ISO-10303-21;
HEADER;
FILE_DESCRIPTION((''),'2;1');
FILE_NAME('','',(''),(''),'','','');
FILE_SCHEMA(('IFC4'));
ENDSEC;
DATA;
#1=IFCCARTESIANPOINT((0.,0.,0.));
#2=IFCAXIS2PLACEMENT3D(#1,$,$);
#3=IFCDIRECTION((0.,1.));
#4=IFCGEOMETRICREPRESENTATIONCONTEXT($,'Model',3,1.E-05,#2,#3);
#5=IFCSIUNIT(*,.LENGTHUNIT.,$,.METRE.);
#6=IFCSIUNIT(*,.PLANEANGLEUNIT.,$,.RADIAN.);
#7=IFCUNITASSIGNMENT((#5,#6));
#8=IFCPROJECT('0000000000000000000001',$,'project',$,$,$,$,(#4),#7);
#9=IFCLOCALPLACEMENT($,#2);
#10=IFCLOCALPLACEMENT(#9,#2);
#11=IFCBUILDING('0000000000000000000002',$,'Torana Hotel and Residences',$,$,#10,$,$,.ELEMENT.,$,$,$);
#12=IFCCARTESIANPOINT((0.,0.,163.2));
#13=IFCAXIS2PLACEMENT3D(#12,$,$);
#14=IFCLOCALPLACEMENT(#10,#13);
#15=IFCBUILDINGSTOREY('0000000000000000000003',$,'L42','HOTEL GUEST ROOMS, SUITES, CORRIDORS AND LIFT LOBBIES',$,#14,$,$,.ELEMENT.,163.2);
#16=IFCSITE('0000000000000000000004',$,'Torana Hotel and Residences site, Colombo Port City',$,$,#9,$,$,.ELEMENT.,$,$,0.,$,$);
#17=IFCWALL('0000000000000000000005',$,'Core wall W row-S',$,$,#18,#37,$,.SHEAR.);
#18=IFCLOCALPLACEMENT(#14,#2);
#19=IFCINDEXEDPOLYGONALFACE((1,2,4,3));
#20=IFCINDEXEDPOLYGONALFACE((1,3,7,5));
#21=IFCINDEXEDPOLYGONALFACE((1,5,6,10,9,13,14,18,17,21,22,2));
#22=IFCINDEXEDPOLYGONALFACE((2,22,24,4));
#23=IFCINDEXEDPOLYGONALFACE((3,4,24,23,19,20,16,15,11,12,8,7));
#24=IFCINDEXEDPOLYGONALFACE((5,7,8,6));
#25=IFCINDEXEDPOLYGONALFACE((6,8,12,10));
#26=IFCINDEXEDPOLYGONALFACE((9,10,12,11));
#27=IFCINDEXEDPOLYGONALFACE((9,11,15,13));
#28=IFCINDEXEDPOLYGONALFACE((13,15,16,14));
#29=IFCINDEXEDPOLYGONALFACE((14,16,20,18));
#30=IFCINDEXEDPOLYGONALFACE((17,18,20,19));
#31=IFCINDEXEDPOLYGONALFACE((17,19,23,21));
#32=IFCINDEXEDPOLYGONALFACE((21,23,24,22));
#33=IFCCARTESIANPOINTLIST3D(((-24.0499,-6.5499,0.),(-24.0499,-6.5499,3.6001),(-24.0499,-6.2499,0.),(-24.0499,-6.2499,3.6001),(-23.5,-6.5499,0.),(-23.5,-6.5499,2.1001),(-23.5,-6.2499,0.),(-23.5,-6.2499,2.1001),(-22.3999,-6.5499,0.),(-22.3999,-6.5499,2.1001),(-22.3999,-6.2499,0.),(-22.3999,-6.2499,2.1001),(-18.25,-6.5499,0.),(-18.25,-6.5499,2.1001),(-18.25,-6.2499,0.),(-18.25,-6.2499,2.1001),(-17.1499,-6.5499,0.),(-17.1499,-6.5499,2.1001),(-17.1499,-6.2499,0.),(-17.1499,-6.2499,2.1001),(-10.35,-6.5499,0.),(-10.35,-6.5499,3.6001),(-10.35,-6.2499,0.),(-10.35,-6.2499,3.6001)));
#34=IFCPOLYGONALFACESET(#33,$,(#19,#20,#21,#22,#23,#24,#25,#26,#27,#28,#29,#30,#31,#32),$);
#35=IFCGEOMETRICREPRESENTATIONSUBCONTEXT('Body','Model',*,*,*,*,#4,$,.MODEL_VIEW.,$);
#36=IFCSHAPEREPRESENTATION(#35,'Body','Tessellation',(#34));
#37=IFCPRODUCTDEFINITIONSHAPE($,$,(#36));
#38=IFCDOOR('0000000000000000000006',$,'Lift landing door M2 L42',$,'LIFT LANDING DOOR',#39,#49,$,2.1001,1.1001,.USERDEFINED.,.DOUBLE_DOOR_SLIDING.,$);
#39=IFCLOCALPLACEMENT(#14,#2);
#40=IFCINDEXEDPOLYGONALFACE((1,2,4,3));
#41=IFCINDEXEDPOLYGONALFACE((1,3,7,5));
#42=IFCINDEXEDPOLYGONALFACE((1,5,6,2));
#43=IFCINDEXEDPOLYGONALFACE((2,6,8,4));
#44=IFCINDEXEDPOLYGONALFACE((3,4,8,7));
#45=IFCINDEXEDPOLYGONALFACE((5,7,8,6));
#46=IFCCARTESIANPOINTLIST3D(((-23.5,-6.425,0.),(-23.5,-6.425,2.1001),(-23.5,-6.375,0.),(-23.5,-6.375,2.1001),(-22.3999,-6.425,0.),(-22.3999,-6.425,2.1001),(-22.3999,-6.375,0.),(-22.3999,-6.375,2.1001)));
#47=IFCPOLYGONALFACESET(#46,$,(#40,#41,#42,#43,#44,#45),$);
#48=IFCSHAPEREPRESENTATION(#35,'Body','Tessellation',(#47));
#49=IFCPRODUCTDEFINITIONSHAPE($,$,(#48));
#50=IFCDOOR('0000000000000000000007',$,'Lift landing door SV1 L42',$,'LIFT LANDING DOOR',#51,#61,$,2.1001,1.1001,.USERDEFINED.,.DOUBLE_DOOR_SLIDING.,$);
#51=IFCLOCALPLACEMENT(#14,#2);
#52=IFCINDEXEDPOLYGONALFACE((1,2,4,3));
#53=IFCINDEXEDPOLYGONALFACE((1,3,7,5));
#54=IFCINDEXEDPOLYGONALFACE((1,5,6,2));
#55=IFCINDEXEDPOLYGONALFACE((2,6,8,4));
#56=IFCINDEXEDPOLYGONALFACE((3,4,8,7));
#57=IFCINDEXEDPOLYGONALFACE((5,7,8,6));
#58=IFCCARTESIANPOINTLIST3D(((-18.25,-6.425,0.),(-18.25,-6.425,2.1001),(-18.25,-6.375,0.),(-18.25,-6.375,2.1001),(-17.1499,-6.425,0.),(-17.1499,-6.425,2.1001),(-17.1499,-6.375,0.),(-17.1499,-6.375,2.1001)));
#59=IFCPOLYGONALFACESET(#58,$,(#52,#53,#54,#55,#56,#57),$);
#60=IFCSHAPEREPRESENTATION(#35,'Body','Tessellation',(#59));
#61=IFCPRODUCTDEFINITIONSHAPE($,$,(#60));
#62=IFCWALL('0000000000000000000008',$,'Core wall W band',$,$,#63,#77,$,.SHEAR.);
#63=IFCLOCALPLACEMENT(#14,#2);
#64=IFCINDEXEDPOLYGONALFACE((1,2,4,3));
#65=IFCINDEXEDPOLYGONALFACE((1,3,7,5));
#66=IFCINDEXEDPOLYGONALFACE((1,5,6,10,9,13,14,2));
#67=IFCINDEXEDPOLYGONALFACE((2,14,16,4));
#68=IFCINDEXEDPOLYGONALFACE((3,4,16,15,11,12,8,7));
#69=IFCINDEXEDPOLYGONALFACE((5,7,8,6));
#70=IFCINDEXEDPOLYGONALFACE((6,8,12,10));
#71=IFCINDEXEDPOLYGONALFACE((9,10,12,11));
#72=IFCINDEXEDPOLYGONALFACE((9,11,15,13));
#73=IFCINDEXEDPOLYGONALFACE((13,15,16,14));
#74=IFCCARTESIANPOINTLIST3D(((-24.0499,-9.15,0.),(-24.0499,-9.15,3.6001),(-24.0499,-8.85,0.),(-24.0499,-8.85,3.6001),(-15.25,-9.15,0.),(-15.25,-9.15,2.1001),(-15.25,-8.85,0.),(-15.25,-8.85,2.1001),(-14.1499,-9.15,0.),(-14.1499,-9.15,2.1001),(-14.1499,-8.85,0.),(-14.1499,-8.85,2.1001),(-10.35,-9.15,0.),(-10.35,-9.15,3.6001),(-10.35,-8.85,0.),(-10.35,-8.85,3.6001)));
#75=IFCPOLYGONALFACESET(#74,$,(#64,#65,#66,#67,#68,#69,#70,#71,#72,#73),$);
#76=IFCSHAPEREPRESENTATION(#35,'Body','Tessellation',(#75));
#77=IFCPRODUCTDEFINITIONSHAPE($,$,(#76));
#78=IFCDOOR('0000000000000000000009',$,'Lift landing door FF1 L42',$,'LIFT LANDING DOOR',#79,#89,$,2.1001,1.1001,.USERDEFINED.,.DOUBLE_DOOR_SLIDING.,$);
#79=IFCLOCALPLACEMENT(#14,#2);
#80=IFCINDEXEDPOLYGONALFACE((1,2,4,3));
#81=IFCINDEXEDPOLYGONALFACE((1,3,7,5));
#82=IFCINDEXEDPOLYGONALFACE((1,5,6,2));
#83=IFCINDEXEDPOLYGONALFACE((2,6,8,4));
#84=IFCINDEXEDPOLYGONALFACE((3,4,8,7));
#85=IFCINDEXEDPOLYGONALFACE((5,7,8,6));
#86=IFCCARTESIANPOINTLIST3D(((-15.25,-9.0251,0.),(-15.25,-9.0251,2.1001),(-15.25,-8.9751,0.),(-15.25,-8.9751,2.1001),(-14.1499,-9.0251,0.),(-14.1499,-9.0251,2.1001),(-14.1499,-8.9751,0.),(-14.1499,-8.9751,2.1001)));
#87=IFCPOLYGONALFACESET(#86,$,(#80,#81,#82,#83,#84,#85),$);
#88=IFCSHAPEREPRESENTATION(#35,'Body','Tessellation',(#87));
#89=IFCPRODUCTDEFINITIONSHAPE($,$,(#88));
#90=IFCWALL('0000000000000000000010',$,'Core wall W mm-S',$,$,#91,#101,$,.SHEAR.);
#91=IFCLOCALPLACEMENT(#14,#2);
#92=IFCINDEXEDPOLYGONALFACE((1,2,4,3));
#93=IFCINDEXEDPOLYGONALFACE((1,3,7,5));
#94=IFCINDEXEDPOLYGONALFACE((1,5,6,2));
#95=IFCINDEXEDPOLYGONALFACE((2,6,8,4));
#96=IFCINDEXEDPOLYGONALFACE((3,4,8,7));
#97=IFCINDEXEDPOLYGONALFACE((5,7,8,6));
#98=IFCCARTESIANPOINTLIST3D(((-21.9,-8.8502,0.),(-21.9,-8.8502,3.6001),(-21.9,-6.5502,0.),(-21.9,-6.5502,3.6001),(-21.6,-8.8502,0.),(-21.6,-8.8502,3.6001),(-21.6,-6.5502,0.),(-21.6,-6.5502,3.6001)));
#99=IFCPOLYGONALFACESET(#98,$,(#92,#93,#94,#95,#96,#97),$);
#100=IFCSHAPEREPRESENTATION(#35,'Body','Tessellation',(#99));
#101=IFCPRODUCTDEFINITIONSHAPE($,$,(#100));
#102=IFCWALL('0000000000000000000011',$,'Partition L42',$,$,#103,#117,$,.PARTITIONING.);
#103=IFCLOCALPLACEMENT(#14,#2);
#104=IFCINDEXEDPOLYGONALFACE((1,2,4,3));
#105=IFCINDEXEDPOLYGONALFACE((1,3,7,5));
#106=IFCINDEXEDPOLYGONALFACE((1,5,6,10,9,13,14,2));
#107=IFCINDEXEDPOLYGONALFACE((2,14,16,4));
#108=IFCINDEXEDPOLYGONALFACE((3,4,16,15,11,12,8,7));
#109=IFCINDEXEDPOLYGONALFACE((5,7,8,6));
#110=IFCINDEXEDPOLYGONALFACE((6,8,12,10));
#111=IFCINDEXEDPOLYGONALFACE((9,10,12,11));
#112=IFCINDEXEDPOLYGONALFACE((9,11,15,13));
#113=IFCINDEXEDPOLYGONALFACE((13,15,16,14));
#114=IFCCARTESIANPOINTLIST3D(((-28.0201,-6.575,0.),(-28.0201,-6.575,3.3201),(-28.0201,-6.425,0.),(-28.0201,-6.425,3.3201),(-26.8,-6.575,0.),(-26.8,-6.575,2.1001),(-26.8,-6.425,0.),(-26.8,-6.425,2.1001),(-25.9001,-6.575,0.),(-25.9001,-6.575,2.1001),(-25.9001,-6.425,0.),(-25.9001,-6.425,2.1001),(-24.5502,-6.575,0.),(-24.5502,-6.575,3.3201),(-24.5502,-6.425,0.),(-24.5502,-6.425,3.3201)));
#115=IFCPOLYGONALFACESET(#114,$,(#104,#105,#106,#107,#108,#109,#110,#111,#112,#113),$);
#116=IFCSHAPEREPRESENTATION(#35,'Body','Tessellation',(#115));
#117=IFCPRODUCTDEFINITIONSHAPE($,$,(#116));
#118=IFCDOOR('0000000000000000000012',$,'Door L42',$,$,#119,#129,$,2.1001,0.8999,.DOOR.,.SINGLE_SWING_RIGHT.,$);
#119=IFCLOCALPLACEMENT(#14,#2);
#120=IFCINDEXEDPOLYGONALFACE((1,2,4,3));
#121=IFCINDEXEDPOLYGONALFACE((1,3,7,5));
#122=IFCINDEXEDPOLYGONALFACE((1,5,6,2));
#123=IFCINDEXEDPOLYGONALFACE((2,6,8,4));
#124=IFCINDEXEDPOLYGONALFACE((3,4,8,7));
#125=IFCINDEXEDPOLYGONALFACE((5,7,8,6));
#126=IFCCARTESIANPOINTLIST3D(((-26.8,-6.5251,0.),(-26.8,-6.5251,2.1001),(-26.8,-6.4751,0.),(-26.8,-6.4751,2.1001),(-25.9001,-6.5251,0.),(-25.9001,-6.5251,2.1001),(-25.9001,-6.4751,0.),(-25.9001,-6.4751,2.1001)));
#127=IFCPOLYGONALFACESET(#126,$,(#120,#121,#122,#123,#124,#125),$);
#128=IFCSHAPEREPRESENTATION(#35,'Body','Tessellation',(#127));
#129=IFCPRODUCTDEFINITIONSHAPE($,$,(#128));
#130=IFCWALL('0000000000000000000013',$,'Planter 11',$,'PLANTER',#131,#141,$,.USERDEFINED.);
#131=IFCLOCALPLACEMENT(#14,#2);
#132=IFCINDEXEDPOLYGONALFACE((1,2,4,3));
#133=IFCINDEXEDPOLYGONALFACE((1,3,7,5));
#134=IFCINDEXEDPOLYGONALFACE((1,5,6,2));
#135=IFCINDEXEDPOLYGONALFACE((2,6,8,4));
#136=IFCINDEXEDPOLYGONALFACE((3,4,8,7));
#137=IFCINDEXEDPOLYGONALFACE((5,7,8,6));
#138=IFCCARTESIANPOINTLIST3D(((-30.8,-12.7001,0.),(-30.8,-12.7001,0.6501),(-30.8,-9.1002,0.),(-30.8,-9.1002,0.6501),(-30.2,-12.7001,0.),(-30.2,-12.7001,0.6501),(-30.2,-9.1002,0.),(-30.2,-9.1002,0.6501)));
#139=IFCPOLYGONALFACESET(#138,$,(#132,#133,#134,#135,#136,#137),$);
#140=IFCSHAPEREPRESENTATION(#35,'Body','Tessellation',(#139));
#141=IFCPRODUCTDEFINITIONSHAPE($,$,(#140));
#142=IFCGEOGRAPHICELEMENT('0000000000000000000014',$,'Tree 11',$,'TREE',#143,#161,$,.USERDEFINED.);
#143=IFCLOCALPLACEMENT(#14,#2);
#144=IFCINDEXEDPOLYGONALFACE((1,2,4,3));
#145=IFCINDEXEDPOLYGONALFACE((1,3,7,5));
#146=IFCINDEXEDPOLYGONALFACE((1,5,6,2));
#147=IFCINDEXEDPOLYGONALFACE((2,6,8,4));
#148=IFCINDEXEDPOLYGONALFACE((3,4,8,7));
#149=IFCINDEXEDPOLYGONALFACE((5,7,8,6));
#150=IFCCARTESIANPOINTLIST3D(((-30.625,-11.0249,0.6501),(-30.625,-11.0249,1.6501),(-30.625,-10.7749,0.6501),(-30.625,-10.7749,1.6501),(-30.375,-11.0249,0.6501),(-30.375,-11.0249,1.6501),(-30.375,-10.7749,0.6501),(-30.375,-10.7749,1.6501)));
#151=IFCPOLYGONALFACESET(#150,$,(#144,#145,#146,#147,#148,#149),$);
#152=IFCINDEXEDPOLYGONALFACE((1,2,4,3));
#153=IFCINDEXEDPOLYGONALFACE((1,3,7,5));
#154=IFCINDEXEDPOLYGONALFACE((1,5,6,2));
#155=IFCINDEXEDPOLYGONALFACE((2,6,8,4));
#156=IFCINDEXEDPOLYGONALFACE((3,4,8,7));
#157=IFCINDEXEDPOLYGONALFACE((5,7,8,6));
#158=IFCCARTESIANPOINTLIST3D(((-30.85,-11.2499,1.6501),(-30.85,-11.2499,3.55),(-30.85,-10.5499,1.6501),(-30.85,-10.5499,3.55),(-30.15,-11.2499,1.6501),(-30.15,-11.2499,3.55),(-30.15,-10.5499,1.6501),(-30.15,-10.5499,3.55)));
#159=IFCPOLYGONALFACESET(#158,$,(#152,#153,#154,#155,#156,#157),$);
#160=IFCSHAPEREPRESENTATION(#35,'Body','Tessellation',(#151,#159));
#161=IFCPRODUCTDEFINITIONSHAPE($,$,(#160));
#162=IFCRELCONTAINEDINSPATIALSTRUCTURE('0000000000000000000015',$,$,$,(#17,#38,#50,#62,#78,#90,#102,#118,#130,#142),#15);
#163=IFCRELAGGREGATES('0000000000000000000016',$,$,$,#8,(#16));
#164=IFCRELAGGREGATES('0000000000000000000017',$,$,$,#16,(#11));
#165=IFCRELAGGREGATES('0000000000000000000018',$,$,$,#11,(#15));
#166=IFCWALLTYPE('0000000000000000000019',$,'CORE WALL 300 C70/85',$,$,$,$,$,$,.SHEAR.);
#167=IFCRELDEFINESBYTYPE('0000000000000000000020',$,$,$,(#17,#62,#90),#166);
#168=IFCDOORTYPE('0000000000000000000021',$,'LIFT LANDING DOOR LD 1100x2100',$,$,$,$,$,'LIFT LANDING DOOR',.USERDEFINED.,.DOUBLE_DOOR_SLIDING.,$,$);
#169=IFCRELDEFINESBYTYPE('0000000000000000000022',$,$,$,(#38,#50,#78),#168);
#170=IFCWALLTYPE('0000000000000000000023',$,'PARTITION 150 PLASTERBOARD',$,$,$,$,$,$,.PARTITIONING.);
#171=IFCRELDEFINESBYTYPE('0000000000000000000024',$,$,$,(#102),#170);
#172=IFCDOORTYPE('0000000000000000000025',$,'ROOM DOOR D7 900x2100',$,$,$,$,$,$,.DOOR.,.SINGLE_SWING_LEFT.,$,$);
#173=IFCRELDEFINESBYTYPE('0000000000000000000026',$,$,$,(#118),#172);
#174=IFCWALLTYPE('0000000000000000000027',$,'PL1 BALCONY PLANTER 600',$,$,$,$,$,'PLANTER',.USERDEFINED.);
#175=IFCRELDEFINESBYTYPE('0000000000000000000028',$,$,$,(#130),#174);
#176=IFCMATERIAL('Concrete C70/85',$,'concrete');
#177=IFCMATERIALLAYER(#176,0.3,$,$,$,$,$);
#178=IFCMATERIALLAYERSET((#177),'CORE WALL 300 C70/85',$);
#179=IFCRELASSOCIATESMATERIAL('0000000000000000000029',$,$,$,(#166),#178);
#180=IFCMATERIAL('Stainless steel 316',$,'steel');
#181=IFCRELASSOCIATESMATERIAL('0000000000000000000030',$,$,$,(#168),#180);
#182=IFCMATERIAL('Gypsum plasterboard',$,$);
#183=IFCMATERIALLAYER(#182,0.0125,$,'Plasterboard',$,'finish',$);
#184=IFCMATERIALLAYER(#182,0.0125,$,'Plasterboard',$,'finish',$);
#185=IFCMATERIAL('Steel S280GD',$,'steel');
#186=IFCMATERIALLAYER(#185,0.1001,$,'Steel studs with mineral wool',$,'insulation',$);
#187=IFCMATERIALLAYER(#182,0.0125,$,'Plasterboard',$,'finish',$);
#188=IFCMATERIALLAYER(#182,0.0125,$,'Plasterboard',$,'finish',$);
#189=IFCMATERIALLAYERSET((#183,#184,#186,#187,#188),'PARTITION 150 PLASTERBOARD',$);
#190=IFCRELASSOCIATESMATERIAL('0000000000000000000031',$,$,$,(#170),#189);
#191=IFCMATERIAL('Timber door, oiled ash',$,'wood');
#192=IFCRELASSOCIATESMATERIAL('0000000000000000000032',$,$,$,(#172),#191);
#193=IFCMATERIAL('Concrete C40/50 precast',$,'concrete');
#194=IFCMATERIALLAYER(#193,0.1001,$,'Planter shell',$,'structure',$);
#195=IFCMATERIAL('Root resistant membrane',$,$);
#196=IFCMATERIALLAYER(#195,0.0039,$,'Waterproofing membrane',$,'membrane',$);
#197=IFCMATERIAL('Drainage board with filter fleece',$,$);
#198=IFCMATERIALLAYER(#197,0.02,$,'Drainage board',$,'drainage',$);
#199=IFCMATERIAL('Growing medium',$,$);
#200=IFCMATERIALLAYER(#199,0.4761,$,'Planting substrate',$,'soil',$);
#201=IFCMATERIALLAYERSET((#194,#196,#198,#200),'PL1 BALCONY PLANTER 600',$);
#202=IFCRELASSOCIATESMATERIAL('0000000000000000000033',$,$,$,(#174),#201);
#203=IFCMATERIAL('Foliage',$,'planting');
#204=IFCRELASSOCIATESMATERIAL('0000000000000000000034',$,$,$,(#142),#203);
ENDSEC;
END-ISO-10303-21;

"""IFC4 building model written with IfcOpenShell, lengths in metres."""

from ifc_helpers import new_model, si_unit, direction, frame, frame_2d, origin, origin_2d, place, context, subcontext, project, spatial, rectangle, extrude, material, layer, layer_set, type_object, element, fill, save


model = new_model("IFC4")

# Units and contexts
model_context = context("Model", 3, precision=1e-05, world=origin(), true_north=direction((0.0, 1.0)))
body_context = subcontext(model_context, "Body", "Model", "MODEL_VIEW")
ifc_project = project(units=[si_unit("LENGTHUNIT", "METRE"), si_unit("PLANEANGLEUNIT", "RADIAN")], contexts=[model_context])

# Site, building, storey
site_placement = place(None, origin())
site = spatial("IfcSite", under=ifc_project, at=site_placement, Name="Torana Hotel and Residences site, Colombo Port City", CompositionType="ELEMENT", RefElevation=0.0)
building_placement = place(site_placement, origin())
building = spatial("IfcBuilding", under=site, at=building_placement, Name="Torana Hotel and Residences", CompositionType="ELEMENT")
storey_placement = place(building_placement, frame((0.0, 0.0, 163.2)))
storey = spatial("IfcBuildingStorey", under=building, at=storey_placement, Name="L42", Description="HOTEL GUEST ROOMS, SUITES, CORRIDORS AND LIFT LOBBIES", CompositionType="ELEMENT", Elevation=163.2)

# Wall, openings, doors
ifc_material_1 = material(Name="Concrete C70/85", Category="concrete")
ifc_layer_1 = layer(ifc_material_1, 0.3)
ifc_layer_set_1 = layer_set([ifc_layer_1], Name="CORE WALL 300 C70/85")
wall_type_1 = type_object("IfcWallType", Name="CORE WALL 300 C70/85", PredefinedType="SHEAR", material=ifc_layer_set_1)
wall_1_placement = place(storey_placement, frame((-24.05, -6.3999, 0.0), z_axis=(0.0, 0.0, 1.0), x_axis=(1.0, 0.0, 0.0)))
wall_1 = element("IfcWall", 1, at=wall_1_placement, inside=storey, type_object=wall_type_1, Name="Core wall W row-S", PredefinedType="SHEAR", context=body_context, shape_type="SweptSolid", body=[
    extrude(rectangle(XDim=13.7, YDim=0.3, at=frame_2d((6.8501, 0.0))), origin(), (0.0, 0.0, 1.0), 3.6001),
])
opening_1_placement = place(wall_1_placement, frame((0.55, 0.0, 0.0)))
opening_1 = element("IfcOpeningElement", 2, at=opening_1_placement, cuts=wall_1, PredefinedType="OPENING", context=body_context, shape_type="SweptSolid", body=[
    extrude(rectangle(XDim=1.1001, YDim=2.1001, at=frame_2d((0.55, 1.05))), frame((0.0, 0.1599, 0.0), z_axis=(0.0, -1.0, 0.0), x_axis=(1.0, 0.0, 0.0)), (0.0, 0.0, 1.0), 0.3201),
])
opening_2_placement = place(wall_1_placement, frame((5.8, 0.0, 0.0)))
opening_2 = element("IfcOpeningElement", 3, at=opening_2_placement, cuts=wall_1, PredefinedType="OPENING", context=body_context, shape_type="SweptSolid", body=[
    extrude(rectangle(XDim=1.1001, YDim=2.1001, at=frame_2d((0.55, 1.05))), frame((0.0, 0.1599, 0.0), z_axis=(0.0, -1.0, 0.0), x_axis=(1.0, 0.0, 0.0)), (0.0, 0.0, 1.0), 0.3201),
])
ifc_material_2 = material(Name="Stainless steel 316", Category="steel")
door_type_1 = type_object("IfcDoorType", Name="LIFT LANDING DOOR LD 1100x2100", ElementType="LIFT LANDING DOOR", OperationType="DOUBLE_DOOR_SLIDING", PredefinedType="USERDEFINED", material=ifc_material_2)
door_1_placement = place(opening_1_placement, origin())
door_1 = element("IfcDoor", 4, at=door_1_placement, inside=storey, type_object=door_type_1, Name="Lift landing door M2 L42", ObjectType="LIFT LANDING DOOR", OperationType="DOUBLE_DOOR_SLIDING", OverallHeight=2.1001, OverallWidth=1.1001, PredefinedType="USERDEFINED", context=body_context, shape_type="SweptSolid", body=[
    extrude(rectangle(XDim=1.1001, YDim=2.1001, at=frame_2d((0.55, 1.05))), frame((0.0, 0.0249, 0.0), z_axis=(0.0, -1.0, 0.0), x_axis=(1.0, 0.0, 0.0)), (0.0, 0.0, 1.0), 0.05),
])
fill(opening_1, door_1)
door_2_placement = place(opening_2_placement, origin())
door_2 = element("IfcDoor", 5, at=door_2_placement, inside=storey, type_object=door_type_1, Name="Lift landing door SV1 L42", ObjectType="LIFT LANDING DOOR", OperationType="DOUBLE_DOOR_SLIDING", OverallHeight=2.1001, OverallWidth=1.1001, PredefinedType="USERDEFINED", context=body_context, shape_type="SweptSolid", body=[
    extrude(rectangle(XDim=1.1001, YDim=2.1001, at=frame_2d((0.55, 1.05))), frame((0.0, 0.0249, 0.0), z_axis=(0.0, -1.0, 0.0), x_axis=(1.0, 0.0, 0.0)), (0.0, 0.0, 1.0), 0.05),
])
fill(opening_2, door_2)

# Wall, opening, door
wall_2_placement = place(storey_placement, frame((-24.05, -9.0, 0.0), z_axis=(0.0, 0.0, 1.0), x_axis=(1.0, 0.0, 0.0)))
wall_2 = element("IfcWall", 6, at=wall_2_placement, inside=storey, type_object=wall_type_1, Name="Core wall W band", PredefinedType="SHEAR", context=body_context, shape_type="SweptSolid", body=[
    extrude(rectangle(XDim=13.7, YDim=0.3, at=frame_2d((6.8501, 0.0))), origin(), (0.0, 0.0, 1.0), 3.6001),
])
opening_3_placement = place(wall_2_placement, frame((8.8, 0.0, 0.0)))
opening_3 = element("IfcOpeningElement", 7, at=opening_3_placement, cuts=wall_2, PredefinedType="OPENING", context=body_context, shape_type="SweptSolid", body=[
    extrude(rectangle(XDim=1.1001, YDim=2.1001, at=frame_2d((0.55, 1.05))), frame((0.0, 0.1599, 0.0), z_axis=(0.0, -1.0, 0.0), x_axis=(1.0, 0.0, 0.0)), (0.0, 0.0, 1.0), 0.3201),
])
door_3_placement = place(opening_3_placement, origin())
door_3 = element("IfcDoor", 8, at=door_3_placement, inside=storey, type_object=door_type_1, Name="Lift landing door FF1 L42", ObjectType="LIFT LANDING DOOR", OperationType="DOUBLE_DOOR_SLIDING", OverallHeight=2.1001, OverallWidth=1.1001, PredefinedType="USERDEFINED", context=body_context, shape_type="SweptSolid", body=[
    extrude(rectangle(XDim=1.1001, YDim=2.1001, at=frame_2d((0.55, 1.05))), frame((0.0, 0.0249, 0.0), z_axis=(0.0, -1.0, 0.0), x_axis=(1.0, 0.0, 0.0)), (0.0, 0.0, 1.0), 0.05),
])
fill(opening_3, door_3)

# Wall
wall_3_placement = place(storey_placement, frame((-21.75, -8.8501, 0.0), z_axis=(0.0, 0.0, 1.0), x_axis=(0.0, 1.0, 0.0)))
element("IfcWall", 9, at=wall_3_placement, inside=storey, type_object=wall_type_1, Name="Core wall W mm-S", PredefinedType="SHEAR", context=body_context, shape_type="SweptSolid", body=[
    extrude(rectangle(XDim=2.3, YDim=0.3, at=frame_2d((1.1499, 0.0))), origin(), (0.0, 0.0, 1.0), 3.6001),
])

# Shared definitions
ifc_material_3 = material(Name="Steel S280GD", Category="steel")

# Wall, opening, door
ifc_material_4 = material(Name="Gypsum plasterboard")
ifc_layer_2 = layer(ifc_material_4, 0.0125, Name="Plasterboard", Category="finish")
ifc_layer_3 = layer(ifc_material_4, 0.0125, Name="Plasterboard", Category="finish")
ifc_layer_4 = layer(ifc_material_3, 0.1001, Name="Steel studs with mineral wool", Category="insulation")
ifc_layer_5 = layer(ifc_material_4, 0.0125, Name="Plasterboard", Category="finish")
ifc_layer_6 = layer(ifc_material_4, 0.0125, Name="Plasterboard", Category="finish")
ifc_layer_set_2 = layer_set([ifc_layer_2, ifc_layer_3, ifc_layer_4, ifc_layer_5, ifc_layer_6], Name="PARTITION 150 PLASTERBOARD")
wall_type_2 = type_object("IfcWallType", Name="PARTITION 150 PLASTERBOARD", PredefinedType="PARTITIONING", material=ifc_layer_set_2)
wall_4_placement = place(storey_placement, frame((-28.02, -6.5, 0.0), z_axis=(0.0, 0.0, 1.0), x_axis=(1.0, 0.0, 0.0)))
wall_4 = element("IfcWall", 10, at=wall_4_placement, inside=storey, type_object=wall_type_2, Name="Partition L42", PredefinedType="PARTITIONING", context=body_context, shape_type="SweptSolid", body=[
    extrude(rectangle(XDim=3.47, YDim=0.1499, at=frame_2d((1.7349, 0.0))), origin(), (0.0, 0.0, 1.0), 3.3201),
])
opening_4_placement = place(wall_4_placement, frame((1.22, 0.0, 0.0)))
opening_4 = element("IfcOpeningElement", 11, at=opening_4_placement, cuts=wall_4, PredefinedType="OPENING", context=body_context, shape_type="SweptSolid", body=[
    extrude(rectangle(XDim=0.8999, YDim=2.1001, at=frame_2d((0.45, 1.05))), frame((0.0, 0.085, 0.0), z_axis=(0.0, -1.0, 0.0), x_axis=(1.0, 0.0, 0.0)), (0.0, 0.0, 1.0), 0.1699),
])
ifc_material_5 = material(Name="Timber door, oiled ash", Category="wood")
door_type_2 = type_object("IfcDoorType", Name="ROOM DOOR D7 900x2100", OperationType="SINGLE_SWING_LEFT", PredefinedType="DOOR", material=ifc_material_5)
door_4_placement = place(opening_4_placement, origin())
door_4 = element("IfcDoor", 12, at=door_4_placement, inside=storey, type_object=door_type_2, Name="Door L42", OperationType="SINGLE_SWING_RIGHT", OverallHeight=2.1001, OverallWidth=0.8999, PredefinedType="DOOR", context=body_context, shape_type="SweptSolid", body=[
    extrude(rectangle(XDim=0.8999, YDim=2.1001, at=frame_2d((0.45, 1.05))), frame((0.0, 0.0249, 0.0), z_axis=(0.0, -1.0, 0.0), x_axis=(1.0, 0.0, 0.0)), (0.0, 0.0, 1.0), 0.05),
])
fill(opening_4, door_4)

# Wall
ifc_material_6 = material(Name="Concrete C40/50 precast", Category="concrete")
ifc_layer_7 = layer(ifc_material_6, 0.1001, Name="Planter shell", Category="structure")
ifc_material_7 = material(Name="Root resistant membrane")
ifc_layer_8 = layer(ifc_material_7, 0.0039, Name="Waterproofing membrane", Category="membrane")
ifc_material_8 = material(Name="Drainage board with filter fleece")
ifc_layer_9 = layer(ifc_material_8, 0.02, Name="Drainage board", Category="drainage")
ifc_material_9 = material(Name="Growing medium")
ifc_layer_10 = layer(ifc_material_9, 0.4761, Name="Planting substrate", Category="soil")
ifc_layer_set_3 = layer_set([ifc_layer_7, ifc_layer_8, ifc_layer_9, ifc_layer_10], Name="PL1 BALCONY PLANTER 600")
wall_type_3 = type_object("IfcWallType", Name="PL1 BALCONY PLANTER 600", ElementType="PLANTER", PredefinedType="USERDEFINED", material=ifc_layer_set_3)
wall_5_placement = place(storey_placement, frame((-30.5, -12.7, 0.0), z_axis=(0.0, 0.0, 1.0), x_axis=(0.0, 1.0, 0.0)))
element("IfcWall", 13, at=wall_5_placement, inside=storey, type_object=wall_type_3, Name="Planter 11", ObjectType="PLANTER", PredefinedType="USERDEFINED", context=body_context, shape_type="SweptSolid", body=[
    extrude(rectangle(XDim=3.5999, YDim=0.6001, at=frame_2d((1.7998, 0.0))), origin(), (0.0, 0.0, 1.0), 0.6501),
])

# Geographic element
ifc_material_10 = material(Name="Foliage", Category="planting")
geographic_element_placement = place(storey_placement, frame((-30.5, -10.8999, 0.6501), z_axis=(0.0, 0.0, 1.0), x_axis=(1.0, 0.0, 0.0)))
element("IfcGeographicElement", 14, at=geographic_element_placement, inside=storey, material=ifc_material_10, Name="Tree 11", ObjectType="TREE", PredefinedType="USERDEFINED", context=body_context, shape_type="SweptSolid", body=[
    extrude(rectangle(XDim=0.25, YDim=0.25, at=origin_2d()), origin(), (0.0, 0.0, 1.0), 1.0),
    extrude(rectangle(XDim=0.7, YDim=0.7, at=origin_2d()), frame((0.0, 0.0, 1.0)), (0.0, 0.0, 1.0), 1.8999),
])

save(model, "model.ifc")
